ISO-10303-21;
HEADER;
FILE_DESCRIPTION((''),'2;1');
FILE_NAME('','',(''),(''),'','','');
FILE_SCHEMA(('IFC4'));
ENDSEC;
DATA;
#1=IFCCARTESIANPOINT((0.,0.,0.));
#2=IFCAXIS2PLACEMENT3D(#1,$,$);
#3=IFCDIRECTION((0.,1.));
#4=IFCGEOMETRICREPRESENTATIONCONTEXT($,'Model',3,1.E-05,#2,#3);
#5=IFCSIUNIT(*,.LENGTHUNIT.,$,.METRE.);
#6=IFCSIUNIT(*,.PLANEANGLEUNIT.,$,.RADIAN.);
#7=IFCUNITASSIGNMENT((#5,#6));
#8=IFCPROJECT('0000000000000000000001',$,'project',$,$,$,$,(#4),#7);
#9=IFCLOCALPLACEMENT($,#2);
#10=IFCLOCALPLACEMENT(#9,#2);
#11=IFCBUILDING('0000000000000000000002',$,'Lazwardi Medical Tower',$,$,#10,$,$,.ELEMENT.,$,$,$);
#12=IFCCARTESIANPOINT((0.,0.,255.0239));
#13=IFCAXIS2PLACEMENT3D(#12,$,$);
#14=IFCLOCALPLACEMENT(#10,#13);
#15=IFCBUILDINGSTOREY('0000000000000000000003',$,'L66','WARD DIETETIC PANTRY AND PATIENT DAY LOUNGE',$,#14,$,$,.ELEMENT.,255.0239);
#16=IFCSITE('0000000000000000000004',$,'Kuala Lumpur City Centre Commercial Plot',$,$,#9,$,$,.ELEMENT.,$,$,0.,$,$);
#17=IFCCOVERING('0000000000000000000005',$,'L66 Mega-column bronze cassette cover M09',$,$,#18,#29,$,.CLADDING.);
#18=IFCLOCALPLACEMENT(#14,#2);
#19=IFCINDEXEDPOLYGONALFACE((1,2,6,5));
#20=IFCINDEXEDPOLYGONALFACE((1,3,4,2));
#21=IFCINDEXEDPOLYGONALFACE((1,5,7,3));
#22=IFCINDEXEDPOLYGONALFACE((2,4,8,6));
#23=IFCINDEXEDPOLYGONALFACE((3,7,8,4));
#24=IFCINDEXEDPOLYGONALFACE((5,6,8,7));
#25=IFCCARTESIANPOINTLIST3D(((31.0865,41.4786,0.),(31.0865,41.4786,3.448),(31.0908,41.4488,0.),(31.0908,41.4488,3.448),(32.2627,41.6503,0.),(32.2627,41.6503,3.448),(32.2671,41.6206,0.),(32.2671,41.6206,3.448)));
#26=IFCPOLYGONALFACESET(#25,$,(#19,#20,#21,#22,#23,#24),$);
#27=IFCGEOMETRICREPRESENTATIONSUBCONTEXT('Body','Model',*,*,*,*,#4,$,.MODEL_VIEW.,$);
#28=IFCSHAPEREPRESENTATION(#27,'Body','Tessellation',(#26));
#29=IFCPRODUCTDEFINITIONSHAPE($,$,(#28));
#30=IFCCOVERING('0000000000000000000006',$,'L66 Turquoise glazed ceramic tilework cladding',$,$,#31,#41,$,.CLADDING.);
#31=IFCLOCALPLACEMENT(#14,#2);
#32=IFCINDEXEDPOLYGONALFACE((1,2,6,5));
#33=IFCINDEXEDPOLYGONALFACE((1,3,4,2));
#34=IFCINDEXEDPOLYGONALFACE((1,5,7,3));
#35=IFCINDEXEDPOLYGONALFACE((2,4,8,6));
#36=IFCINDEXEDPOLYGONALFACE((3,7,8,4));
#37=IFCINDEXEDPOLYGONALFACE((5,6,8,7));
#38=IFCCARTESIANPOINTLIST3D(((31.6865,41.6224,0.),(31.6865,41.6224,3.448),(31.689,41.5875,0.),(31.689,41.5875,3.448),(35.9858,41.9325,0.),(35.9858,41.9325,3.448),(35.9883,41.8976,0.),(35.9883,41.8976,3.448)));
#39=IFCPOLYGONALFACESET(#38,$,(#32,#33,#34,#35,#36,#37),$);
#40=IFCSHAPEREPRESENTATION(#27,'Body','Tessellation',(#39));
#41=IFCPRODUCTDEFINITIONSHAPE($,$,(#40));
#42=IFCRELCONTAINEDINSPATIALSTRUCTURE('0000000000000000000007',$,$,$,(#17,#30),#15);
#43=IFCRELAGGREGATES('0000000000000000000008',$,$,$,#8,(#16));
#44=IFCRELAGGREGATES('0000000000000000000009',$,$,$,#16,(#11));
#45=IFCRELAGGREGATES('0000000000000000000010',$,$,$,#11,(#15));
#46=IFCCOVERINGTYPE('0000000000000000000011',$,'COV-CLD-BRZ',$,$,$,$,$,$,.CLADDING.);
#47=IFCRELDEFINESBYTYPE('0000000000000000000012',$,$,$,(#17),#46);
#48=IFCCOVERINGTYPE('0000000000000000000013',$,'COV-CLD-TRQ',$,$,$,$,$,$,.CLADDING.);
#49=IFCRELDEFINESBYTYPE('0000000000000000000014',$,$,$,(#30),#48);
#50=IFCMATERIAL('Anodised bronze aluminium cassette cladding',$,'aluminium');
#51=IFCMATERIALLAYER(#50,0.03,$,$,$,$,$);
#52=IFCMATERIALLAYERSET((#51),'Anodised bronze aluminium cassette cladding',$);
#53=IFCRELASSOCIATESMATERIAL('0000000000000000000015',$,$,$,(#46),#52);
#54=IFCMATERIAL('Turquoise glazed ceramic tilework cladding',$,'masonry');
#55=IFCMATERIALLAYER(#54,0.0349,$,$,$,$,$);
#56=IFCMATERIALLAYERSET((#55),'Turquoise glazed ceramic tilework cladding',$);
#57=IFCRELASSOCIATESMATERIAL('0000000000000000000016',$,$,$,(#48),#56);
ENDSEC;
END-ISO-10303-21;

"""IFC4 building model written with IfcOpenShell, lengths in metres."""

from ifc_helpers import new_model, si_unit, direction, frame, origin, origin_2d, place, context, subcontext, project, spatial, rectangle, extrude, material, layer, layer_set, type_object, element, save


model = new_model("IFC4")

# Units and contexts
model_context = context("Model", 3, precision=1e-05, world=origin(), true_north=direction((0.0, 1.0)))
body_context = subcontext(model_context, "Body", "Model", "MODEL_VIEW")
ifc_project = project(units=[si_unit("LENGTHUNIT", "METRE"), si_unit("PLANEANGLEUNIT", "RADIAN")], contexts=[model_context])

# Site, building, storey
site_placement = place(None, origin())
site = spatial("IfcSite", under=ifc_project, at=site_placement, Name="Kuala Lumpur City Centre Commercial Plot", CompositionType="ELEMENT", RefElevation=0.0)
building_placement = place(site_placement, origin())
building = spatial("IfcBuilding", under=site, at=building_placement, Name="Lazwardi Medical Tower", CompositionType="ELEMENT")
storey_placement = place(building_placement, frame((0.0, 0.0, 255.0239)))
storey = spatial("IfcBuildingStorey", under=building, at=storey_placement, Name="L66", Description="WARD DIETETIC PANTRY AND PATIENT DAY LOUNGE", CompositionType="ELEMENT", Elevation=255.0239)

# Coverings
ifc_material_1 = material(Name="Anodised bronze aluminium cassette cladding", Category="aluminium")
ifc_layer_1 = layer(ifc_material_1, 0.03)
ifc_layer_set_1 = layer_set([ifc_layer_1], Name="Anodised bronze aluminium cassette cladding")
covering_type_1 = type_object("IfcCoveringType", Name="COV-CLD-BRZ", PredefinedType="CLADDING", material=ifc_layer_set_1)
covering_1_placement = place(storey_placement, frame((31.6768, 41.5496, 0.0), z_axis=(0.0, 0.0, 1.0), x_axis=(-0.989512, -0.144448, 0.0)))
element("IfcCovering", 1, at=covering_1_placement, inside=storey, type_object=covering_type_1, Name="L66 Mega-column bronze cassette cover M09", PredefinedType="CLADDING", context=body_context, shape_type="SweptSolid", body=[
    extrude(rectangle(XDim=1.1887, YDim=0.03, at=origin_2d()), origin(), (0.0, 0.0, 1.0), 3.448),
])
ifc_material_2 = material(Name="Turquoise glazed ceramic tilework cladding", Category="masonry")
ifc_layer_2 = layer(ifc_material_2, 0.0349)
ifc_layer_set_2 = layer_set([ifc_layer_2], Name="Turquoise glazed ceramic tilework cladding")
covering_type_2 = type_object("IfcCoveringType", Name="COV-CLD-TRQ", PredefinedType="CLADDING", material=ifc_layer_set_2)
covering_2_placement = place(storey_placement, frame((33.8374, 41.76, 0.0), z_axis=(0.0, 0.0, 1.0), x_axis=(-0.997409, -0.07194, 0.0)))
element("IfcCovering", 2, at=covering_2_placement, inside=storey, type_object=covering_type_2, Name="L66 Turquoise glazed ceramic tilework cladding", PredefinedType="CLADDING", context=body_context, shape_type="SweptSolid", body=[
    extrude(rectangle(XDim=4.3105, YDim=0.0349, at=origin_2d()), origin(), (0.0, 0.0, 1.0), 3.448),
])

save(model, "model.ifc")
